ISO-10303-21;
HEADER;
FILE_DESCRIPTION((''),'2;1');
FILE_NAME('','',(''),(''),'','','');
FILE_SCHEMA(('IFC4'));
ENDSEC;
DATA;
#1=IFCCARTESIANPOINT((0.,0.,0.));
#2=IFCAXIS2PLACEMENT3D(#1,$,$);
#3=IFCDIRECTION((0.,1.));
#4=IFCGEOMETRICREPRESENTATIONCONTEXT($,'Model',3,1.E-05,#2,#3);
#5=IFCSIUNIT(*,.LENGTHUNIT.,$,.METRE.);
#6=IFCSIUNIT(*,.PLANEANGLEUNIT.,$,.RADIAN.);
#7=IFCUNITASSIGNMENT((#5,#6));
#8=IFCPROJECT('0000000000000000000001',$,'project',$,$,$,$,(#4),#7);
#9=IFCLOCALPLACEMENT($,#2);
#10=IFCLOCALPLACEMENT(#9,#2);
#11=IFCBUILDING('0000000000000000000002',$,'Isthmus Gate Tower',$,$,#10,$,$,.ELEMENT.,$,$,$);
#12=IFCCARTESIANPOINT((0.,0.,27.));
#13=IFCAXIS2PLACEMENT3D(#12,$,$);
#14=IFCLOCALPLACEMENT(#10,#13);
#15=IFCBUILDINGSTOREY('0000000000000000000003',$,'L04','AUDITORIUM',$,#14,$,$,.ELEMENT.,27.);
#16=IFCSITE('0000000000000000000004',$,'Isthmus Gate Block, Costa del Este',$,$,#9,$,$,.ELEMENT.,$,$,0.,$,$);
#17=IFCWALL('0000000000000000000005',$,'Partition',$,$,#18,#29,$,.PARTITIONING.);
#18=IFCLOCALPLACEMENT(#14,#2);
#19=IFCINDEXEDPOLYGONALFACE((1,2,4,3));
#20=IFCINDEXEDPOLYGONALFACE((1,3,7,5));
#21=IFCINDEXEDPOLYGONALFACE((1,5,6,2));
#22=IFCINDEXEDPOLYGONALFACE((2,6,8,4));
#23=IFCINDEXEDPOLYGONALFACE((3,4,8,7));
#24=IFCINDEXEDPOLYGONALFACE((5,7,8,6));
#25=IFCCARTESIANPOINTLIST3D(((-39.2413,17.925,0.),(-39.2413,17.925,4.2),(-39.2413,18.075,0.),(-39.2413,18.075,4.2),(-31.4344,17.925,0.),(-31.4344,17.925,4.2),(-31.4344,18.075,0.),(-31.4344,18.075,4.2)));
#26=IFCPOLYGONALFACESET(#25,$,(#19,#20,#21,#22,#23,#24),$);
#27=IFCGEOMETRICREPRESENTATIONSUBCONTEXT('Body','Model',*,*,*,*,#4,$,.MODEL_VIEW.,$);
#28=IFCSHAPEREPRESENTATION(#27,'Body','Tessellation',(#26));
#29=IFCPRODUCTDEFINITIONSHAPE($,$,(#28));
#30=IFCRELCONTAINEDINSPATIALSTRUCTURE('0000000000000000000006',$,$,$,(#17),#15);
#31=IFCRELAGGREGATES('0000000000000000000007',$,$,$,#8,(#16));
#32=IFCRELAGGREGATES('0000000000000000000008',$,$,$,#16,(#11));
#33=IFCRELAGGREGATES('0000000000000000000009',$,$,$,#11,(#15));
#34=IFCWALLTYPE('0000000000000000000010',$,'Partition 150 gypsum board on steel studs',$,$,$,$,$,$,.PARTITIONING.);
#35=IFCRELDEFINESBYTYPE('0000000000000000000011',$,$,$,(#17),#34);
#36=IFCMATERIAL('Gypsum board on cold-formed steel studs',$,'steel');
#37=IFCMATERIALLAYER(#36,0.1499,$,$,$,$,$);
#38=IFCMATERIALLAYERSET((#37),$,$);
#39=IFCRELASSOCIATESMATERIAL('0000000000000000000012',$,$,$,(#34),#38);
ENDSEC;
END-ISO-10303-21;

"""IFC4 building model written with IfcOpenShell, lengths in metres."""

from ifc_helpers import new_model, si_unit, direction, frame, frame_2d, origin, place, context, subcontext, project, spatial, rectangle, extrude, material, layer, layer_set, type_object, element, save


model = new_model("IFC4")

# Units and contexts
model_context = context("Model", 3, precision=1e-05, world=origin(), true_north=direction((0.0, 1.0)))
body_context = subcontext(model_context, "Body", "Model", "MODEL_VIEW")
ifc_project = project(units=[si_unit("LENGTHUNIT", "METRE"), si_unit("PLANEANGLEUNIT", "RADIAN")], contexts=[model_context])

# Site, building, storey
site_placement = place(None, origin())
site = spatial("IfcSite", under=ifc_project, at=site_placement, Name="Isthmus Gate Block, Costa del Este", CompositionType="ELEMENT", RefElevation=0.0)
building_placement = place(site_placement, origin())
building = spatial("IfcBuilding", under=site, at=building_placement, Name="Isthmus Gate Tower", CompositionType="ELEMENT")
storey_placement = place(building_placement, frame((0.0, 0.0, 27.0)))
storey = spatial("IfcBuildingStorey", under=building, at=storey_placement, Name="L04", Description="AUDITORIUM", CompositionType="ELEMENT", Elevation=27.0)

# Shared definitions
ifc_material_1 = material(Name="Gypsum board on cold-formed steel studs", Category="steel")
ifc_layer_1 = layer(ifc_material_1, 0.1499)
ifc_layer_set_1 = layer_set([ifc_layer_1])
wall_type_1 = type_object("IfcWallType", Name="Partition 150 gypsum board on steel studs", PredefinedType="PARTITIONING", material=ifc_layer_set_1)

# Wall
wall_1_placement = place(storey_placement, frame((-39.2412, 18.0, 0.0), z_axis=(0.0, 0.0, 1.0), x_axis=(1.0, 0.0, 0.0)))
element("IfcWall", 1, at=wall_1_placement, inside=storey, type_object=wall_type_1, Name="Partition", PredefinedType="PARTITIONING", context=body_context, shape_type="SweptSolid", body=[
    extrude(rectangle(XDim=7.8069, YDim=0.1499, at=frame_2d((3.9033, 0.0))), origin(), (0.0, 0.0, 1.0), 4.2),
])

save(model, "model.ifc")
